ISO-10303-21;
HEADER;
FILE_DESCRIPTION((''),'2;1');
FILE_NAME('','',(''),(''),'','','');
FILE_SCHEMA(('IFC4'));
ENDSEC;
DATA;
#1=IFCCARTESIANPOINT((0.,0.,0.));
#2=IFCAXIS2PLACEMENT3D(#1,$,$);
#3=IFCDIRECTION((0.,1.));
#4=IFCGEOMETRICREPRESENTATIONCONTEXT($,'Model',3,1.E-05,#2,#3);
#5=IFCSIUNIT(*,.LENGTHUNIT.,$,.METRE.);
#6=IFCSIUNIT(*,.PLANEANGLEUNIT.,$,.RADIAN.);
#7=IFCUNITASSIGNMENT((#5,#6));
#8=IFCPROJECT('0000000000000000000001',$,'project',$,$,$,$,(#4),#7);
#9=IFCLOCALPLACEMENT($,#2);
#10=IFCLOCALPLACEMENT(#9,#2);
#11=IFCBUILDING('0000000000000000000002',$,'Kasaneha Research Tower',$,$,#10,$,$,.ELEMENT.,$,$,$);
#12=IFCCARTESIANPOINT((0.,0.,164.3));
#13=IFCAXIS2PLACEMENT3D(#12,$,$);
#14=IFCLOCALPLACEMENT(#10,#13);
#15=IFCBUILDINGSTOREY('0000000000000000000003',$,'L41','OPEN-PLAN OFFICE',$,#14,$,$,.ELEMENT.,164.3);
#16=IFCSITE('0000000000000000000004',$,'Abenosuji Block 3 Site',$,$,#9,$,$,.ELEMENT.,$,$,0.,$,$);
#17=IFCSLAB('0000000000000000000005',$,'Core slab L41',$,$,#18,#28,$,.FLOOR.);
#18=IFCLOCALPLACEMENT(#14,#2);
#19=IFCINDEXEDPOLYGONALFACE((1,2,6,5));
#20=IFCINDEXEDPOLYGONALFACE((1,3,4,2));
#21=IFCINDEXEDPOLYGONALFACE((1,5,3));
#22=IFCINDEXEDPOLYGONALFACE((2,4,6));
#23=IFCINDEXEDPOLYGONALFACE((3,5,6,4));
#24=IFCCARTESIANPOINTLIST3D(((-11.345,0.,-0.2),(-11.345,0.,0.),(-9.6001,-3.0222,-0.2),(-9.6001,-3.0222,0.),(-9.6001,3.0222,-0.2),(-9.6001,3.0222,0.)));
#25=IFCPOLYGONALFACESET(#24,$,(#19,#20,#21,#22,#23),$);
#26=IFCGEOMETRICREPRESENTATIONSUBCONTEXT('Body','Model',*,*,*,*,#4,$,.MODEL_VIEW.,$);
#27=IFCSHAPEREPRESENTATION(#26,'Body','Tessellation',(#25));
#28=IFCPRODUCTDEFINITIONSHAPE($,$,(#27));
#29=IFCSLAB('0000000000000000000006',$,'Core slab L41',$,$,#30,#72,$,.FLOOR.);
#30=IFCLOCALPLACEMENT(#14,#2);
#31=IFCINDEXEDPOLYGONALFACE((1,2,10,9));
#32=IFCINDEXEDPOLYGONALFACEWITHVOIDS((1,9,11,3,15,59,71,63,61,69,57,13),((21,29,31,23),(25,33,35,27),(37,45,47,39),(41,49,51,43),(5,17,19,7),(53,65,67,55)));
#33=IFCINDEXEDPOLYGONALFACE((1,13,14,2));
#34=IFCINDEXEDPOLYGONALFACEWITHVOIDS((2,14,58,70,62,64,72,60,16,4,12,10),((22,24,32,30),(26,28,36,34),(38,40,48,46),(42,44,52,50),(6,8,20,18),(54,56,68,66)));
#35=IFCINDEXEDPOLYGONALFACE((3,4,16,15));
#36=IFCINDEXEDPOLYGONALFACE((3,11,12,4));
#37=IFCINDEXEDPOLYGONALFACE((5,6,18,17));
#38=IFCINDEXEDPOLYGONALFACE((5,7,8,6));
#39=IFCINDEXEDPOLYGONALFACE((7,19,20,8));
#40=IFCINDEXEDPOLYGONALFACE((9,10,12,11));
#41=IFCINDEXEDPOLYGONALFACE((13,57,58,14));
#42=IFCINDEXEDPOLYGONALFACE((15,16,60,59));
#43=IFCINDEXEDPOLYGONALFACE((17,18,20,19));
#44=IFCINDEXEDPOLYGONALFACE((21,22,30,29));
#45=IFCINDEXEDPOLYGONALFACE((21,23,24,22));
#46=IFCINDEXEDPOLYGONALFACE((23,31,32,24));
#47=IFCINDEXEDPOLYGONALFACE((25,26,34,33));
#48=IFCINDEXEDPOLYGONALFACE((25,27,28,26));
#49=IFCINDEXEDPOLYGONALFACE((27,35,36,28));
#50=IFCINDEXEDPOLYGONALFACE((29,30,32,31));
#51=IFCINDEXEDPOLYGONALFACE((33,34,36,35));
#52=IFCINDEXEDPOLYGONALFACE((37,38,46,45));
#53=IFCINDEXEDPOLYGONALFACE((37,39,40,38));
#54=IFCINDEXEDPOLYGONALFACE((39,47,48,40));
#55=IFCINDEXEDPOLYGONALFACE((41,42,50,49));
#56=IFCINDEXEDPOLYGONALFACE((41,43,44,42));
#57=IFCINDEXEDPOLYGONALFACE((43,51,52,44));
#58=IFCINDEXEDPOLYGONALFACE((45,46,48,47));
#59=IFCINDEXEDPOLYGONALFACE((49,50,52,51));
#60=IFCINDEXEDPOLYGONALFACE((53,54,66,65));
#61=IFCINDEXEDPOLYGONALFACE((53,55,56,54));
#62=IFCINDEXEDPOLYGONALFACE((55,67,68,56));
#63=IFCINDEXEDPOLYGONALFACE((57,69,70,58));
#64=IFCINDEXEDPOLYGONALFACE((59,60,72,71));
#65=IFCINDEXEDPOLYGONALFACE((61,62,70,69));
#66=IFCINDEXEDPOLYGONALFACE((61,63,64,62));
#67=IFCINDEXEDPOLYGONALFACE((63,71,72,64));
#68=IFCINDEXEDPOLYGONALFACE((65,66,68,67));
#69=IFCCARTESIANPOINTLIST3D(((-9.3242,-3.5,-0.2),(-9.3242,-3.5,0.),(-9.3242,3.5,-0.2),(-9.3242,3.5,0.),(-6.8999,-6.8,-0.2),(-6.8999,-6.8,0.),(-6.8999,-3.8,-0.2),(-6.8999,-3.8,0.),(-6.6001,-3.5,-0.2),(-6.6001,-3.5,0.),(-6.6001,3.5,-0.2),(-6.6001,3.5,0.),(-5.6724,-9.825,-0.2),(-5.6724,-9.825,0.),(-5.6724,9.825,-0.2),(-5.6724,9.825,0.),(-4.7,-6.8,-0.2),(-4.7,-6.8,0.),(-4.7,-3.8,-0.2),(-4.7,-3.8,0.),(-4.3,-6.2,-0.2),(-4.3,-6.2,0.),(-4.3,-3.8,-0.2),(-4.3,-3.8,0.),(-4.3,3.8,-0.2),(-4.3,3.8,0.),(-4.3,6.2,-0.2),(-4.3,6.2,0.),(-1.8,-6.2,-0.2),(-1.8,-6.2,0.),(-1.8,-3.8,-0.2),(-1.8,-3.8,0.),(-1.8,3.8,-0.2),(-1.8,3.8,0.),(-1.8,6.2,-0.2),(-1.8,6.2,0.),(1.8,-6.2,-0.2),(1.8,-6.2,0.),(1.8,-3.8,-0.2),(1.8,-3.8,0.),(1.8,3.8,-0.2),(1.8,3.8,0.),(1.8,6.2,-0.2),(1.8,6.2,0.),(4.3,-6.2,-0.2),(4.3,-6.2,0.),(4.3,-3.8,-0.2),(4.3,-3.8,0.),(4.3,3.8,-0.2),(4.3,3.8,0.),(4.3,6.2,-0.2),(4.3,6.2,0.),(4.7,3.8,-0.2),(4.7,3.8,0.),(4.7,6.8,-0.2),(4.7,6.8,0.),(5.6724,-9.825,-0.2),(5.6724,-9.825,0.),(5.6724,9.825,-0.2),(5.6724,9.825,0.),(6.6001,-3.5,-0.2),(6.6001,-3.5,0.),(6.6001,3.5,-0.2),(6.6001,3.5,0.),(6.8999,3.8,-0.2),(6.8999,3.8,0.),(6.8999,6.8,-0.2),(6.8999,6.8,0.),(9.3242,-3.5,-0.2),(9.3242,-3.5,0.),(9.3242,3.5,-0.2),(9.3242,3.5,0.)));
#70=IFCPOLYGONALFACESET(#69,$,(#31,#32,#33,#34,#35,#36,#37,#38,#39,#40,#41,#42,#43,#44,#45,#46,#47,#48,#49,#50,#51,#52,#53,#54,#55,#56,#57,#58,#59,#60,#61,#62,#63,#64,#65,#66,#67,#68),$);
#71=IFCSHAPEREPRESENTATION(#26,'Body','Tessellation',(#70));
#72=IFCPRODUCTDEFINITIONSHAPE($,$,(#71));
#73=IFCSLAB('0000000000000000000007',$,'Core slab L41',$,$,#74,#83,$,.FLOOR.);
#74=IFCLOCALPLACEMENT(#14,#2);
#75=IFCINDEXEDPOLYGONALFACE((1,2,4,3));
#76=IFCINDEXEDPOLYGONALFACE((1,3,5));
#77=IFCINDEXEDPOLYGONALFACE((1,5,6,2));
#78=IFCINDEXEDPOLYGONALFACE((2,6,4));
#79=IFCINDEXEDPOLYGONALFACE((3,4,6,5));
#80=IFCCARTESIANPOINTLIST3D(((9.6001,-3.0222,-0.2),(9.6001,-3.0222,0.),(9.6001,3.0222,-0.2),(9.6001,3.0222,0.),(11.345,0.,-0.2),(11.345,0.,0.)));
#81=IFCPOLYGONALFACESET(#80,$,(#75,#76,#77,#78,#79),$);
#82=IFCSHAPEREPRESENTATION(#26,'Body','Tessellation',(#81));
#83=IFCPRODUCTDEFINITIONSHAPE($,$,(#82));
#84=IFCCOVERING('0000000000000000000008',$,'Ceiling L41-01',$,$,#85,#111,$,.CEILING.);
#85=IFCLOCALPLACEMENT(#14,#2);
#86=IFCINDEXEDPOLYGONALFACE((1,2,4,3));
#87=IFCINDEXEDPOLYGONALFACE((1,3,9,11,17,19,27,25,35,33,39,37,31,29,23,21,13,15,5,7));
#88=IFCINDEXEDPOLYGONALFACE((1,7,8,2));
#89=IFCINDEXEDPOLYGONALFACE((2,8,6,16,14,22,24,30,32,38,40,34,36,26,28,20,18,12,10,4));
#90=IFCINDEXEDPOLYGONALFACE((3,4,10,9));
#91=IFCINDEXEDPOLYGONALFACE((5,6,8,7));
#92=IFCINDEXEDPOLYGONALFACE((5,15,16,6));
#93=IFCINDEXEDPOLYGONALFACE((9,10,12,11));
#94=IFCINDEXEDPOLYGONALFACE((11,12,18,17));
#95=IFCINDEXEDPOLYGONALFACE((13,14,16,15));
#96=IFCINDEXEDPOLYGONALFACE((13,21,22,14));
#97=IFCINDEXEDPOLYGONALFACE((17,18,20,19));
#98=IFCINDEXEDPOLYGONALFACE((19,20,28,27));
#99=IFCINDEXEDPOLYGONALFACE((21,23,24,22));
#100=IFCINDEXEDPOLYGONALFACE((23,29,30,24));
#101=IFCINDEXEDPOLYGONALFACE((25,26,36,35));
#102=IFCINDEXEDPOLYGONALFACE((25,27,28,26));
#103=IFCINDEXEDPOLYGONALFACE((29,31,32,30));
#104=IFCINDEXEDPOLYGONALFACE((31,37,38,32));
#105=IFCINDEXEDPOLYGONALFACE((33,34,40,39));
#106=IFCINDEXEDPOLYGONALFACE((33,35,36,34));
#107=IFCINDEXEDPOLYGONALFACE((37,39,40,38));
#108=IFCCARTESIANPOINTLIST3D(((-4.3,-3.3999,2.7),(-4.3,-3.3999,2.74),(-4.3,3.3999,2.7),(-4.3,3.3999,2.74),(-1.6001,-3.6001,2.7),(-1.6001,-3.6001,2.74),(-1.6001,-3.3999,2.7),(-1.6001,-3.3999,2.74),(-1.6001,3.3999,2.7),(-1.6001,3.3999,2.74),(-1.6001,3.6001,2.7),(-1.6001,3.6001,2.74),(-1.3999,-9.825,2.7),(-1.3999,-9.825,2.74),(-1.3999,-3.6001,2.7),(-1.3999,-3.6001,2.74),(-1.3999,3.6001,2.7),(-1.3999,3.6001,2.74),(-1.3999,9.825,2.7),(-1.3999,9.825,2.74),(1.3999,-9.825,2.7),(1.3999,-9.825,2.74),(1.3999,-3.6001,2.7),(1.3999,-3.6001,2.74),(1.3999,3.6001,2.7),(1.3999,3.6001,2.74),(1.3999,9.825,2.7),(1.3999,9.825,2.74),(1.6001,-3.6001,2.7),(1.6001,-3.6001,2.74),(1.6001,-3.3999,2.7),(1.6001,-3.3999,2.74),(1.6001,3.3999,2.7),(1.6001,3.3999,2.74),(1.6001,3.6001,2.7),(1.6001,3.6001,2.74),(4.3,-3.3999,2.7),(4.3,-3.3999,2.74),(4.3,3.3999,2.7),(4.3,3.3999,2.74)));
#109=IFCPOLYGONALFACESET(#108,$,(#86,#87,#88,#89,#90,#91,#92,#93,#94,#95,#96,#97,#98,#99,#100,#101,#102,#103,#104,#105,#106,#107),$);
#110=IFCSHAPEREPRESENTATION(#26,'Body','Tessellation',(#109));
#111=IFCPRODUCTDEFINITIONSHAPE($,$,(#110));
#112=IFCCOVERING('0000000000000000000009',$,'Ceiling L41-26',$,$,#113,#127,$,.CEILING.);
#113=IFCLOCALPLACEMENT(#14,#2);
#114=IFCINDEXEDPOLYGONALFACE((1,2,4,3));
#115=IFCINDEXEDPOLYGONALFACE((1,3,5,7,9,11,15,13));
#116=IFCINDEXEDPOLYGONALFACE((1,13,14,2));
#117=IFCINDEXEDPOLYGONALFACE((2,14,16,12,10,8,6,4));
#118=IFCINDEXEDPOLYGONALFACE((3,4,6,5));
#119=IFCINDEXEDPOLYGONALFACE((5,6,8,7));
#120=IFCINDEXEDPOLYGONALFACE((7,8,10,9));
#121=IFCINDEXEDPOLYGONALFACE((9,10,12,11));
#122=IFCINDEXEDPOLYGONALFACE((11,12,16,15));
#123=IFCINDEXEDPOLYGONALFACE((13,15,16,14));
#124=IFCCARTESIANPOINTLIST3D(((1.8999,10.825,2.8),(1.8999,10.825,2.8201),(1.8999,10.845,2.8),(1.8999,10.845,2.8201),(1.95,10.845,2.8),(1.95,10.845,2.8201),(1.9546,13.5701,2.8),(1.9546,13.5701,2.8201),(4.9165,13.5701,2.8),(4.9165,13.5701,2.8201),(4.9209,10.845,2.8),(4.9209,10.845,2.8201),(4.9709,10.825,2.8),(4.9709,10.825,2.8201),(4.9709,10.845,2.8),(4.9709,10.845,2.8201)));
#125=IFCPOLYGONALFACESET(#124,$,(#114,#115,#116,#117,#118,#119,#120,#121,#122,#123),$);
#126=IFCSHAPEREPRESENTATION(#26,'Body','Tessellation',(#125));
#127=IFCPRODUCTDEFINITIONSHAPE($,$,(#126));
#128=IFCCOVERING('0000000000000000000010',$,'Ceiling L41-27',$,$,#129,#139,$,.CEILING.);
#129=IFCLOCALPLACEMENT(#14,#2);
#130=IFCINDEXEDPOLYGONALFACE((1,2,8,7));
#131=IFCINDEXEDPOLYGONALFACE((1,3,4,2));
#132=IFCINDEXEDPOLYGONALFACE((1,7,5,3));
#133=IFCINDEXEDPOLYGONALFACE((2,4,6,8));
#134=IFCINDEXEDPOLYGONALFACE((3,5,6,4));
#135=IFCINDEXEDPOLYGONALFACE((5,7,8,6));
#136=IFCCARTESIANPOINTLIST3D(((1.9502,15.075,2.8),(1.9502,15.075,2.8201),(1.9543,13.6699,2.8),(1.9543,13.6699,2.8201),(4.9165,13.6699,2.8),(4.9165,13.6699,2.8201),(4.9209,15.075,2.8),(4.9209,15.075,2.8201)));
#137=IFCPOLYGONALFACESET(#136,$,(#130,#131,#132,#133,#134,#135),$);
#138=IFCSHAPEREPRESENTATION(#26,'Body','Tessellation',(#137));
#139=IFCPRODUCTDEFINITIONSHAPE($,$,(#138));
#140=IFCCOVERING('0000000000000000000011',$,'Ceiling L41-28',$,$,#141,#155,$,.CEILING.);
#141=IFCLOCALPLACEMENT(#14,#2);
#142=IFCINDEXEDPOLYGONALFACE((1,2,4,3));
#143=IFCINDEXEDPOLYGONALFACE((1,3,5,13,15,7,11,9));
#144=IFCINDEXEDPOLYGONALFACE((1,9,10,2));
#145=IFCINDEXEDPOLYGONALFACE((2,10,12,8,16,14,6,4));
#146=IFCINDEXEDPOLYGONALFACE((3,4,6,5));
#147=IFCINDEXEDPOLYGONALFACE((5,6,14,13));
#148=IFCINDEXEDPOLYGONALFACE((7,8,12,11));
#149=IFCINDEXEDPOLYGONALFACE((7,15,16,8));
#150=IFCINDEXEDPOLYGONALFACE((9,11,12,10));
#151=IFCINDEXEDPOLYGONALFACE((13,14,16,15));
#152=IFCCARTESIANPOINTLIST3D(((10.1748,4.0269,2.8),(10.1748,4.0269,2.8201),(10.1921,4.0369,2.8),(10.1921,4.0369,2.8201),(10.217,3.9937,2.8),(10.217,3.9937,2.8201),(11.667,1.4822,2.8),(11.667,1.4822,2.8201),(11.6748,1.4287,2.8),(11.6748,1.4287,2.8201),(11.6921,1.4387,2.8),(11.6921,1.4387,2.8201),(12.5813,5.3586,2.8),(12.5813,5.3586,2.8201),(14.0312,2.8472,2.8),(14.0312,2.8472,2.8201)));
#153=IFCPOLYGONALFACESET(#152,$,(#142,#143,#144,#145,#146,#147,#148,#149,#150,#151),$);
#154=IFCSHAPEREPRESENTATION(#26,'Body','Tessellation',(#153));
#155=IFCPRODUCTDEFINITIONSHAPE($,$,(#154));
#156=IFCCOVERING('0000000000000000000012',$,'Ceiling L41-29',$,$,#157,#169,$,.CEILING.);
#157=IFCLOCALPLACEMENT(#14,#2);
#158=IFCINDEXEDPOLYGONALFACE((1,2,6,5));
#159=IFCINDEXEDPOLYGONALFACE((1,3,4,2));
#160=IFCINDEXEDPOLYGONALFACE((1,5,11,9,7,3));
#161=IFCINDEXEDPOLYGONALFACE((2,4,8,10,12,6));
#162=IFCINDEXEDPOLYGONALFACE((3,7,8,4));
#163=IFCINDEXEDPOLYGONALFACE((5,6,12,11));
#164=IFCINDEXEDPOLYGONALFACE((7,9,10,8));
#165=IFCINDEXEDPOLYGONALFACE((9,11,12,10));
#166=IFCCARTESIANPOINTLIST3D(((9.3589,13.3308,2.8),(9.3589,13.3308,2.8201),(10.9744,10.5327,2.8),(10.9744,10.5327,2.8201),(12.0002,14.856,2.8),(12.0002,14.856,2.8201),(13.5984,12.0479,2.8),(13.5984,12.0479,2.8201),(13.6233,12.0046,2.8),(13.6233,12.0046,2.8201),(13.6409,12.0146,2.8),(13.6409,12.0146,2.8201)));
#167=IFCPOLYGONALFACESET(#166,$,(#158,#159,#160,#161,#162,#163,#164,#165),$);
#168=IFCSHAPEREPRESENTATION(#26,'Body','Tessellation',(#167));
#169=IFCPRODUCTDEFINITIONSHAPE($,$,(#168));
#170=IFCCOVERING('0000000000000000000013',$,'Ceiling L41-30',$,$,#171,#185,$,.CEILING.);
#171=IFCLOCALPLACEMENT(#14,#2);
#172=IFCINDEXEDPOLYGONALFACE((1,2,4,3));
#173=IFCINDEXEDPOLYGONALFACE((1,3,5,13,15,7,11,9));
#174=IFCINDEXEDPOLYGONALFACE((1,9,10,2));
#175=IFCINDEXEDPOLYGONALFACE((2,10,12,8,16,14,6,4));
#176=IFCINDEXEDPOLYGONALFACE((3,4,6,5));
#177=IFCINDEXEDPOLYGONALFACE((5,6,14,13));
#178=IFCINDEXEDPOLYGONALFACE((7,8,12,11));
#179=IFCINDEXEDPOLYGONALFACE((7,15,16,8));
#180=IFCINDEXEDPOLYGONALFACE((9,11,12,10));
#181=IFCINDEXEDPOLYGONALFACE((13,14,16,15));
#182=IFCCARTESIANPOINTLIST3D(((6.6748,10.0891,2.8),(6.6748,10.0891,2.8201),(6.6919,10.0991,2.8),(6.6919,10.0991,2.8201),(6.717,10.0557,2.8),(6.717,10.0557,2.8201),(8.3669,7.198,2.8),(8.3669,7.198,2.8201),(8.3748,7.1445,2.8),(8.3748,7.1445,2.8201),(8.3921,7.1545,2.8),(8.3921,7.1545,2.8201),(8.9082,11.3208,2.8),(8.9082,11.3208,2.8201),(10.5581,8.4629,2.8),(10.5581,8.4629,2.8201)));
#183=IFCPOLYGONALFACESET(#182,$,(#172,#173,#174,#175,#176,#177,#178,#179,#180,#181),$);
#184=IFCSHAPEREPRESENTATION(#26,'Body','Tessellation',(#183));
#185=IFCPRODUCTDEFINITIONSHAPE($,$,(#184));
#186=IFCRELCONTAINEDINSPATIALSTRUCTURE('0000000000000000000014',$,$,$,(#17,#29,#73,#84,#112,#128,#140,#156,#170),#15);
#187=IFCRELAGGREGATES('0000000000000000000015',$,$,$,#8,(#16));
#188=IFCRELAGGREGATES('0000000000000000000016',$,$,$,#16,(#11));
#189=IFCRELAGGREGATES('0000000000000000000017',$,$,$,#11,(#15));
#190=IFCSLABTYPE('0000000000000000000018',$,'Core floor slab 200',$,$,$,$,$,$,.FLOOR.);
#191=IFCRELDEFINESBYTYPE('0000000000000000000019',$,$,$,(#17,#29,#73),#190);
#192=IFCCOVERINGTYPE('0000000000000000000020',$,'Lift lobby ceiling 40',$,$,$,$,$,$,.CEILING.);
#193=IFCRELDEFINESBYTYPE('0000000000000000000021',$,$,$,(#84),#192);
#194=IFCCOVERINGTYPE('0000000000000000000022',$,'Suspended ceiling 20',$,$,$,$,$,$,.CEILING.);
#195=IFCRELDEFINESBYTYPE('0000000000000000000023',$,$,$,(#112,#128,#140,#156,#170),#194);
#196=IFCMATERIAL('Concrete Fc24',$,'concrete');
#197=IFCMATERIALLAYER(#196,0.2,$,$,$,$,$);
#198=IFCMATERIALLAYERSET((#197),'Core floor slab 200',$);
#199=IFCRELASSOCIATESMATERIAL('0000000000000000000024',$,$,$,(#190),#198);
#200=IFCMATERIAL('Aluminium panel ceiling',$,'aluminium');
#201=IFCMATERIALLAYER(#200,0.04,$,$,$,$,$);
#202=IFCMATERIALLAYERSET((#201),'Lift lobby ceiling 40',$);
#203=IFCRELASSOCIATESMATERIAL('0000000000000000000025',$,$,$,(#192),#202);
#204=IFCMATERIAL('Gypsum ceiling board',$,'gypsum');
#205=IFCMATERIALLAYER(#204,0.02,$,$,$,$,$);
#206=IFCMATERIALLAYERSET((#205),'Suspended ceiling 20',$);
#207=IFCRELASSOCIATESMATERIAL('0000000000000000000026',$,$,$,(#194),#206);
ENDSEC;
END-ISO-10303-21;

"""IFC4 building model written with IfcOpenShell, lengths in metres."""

from ifc_helpers import new_model, si_unit, direction, frame, origin, place, context, subcontext, project, spatial, polyline, outline, extrude, material, layer, layer_set, type_object, element, save


model = new_model("IFC4")

# Units and contexts
model_context = context("Model", 3, precision=1e-05, world=origin(), true_north=direction((0.0, 1.0)))
body_context = subcontext(model_context, "Body", "Model", "MODEL_VIEW")
ifc_project = project(units=[si_unit("LENGTHUNIT", "METRE"), si_unit("PLANEANGLEUNIT", "RADIAN")], contexts=[model_context])

# Site, building, storey
site_placement = place(None, origin())
site = spatial("IfcSite", under=ifc_project, at=site_placement, Name="Abenosuji Block 3 Site", CompositionType="ELEMENT", RefElevation=0.0)
building_placement = place(site_placement, origin())
building = spatial("IfcBuilding", under=site, at=building_placement, Name="Kasaneha Research Tower", CompositionType="ELEMENT")
storey_placement = place(building_placement, frame((0.0, 0.0, 164.3)))
storey = spatial("IfcBuildingStorey", under=building, at=storey_placement, Name="L41", Description="OPEN-PLAN OFFICE", CompositionType="ELEMENT", Elevation=164.3)

# Slabs
ifc_material_1 = material(Name="Concrete Fc24", Category="concrete")
ifc_layer_1 = layer(ifc_material_1, 0.2)
ifc_layer_set_1 = layer_set([ifc_layer_1], Name="Core floor slab 200")
slab_type = type_object("IfcSlabType", Name="Core floor slab 200", PredefinedType="FLOOR", material=ifc_layer_set_1)
slab_1_placement = place(storey_placement, frame((0.0, 0.0, -0.2)))
element("IfcSlab", 1, at=slab_1_placement, inside=storey, type_object=slab_type, Name="Core slab L41", PredefinedType="FLOOR", context=body_context, shape_type="SweptSolid", body=[
    extrude(outline(polyline([(-11.345, 0.0), (-9.6001, 3.0222), (-9.6001, -3.0222), (-11.345, 0.0)])), origin(), (0.0, 0.0, 1.0), 0.2),
])
slab_2_placement = place(storey_placement, frame((0.0, 0.0, -0.2)))
element("IfcSlab", 2, at=slab_2_placement, inside=storey, type_object=slab_type, Name="Core slab L41", PredefinedType="FLOOR", context=body_context, shape_type="SweptSolid", body=[
    extrude(outline(polyline([(-5.6724, 9.825), (5.6724, 9.825), (9.3242, 3.5), (6.6001, 3.5), (6.6001, -3.5), (9.3242, -3.5), (5.6724, -9.825), (-5.6724, -9.825), (-9.3242, -3.5), (-6.6001, -3.5), (-6.6001, 3.5), (-9.3242, 3.5), (-5.6724, 9.825)]), holes=[polyline([(-6.8999, -3.8), (-6.8999, -6.8), (-4.7, -6.8), (-4.7, -3.8), (-6.8999, -3.8)]), polyline([(-4.3, -3.8), (-4.3, -6.2), (-1.8, -6.2), (-1.8, -3.8), (-4.3, -3.8)]), polyline([(1.8, -3.8), (1.8, -6.2), (4.3, -6.2), (4.3, -3.8), (1.8, -3.8)]), polyline([(-4.3, 6.2), (-4.3, 3.8), (-1.8, 3.8), (-1.8, 6.2), (-4.3, 6.2)]), polyline([(1.8, 6.2), (1.8, 3.8), (4.3, 3.8), (4.3, 6.2), (1.8, 6.2)]), polyline([(4.7, 6.8), (4.7, 3.8), (6.8999, 3.8), (6.8999, 6.8), (4.7, 6.8)])]), origin(), (0.0, 0.0, 1.0), 0.2),
])
slab_3_placement = place(storey_placement, frame((0.0, 0.0, -0.2)))
element("IfcSlab", 3, at=slab_3_placement, inside=storey, type_object=slab_type, Name="Core slab L41", PredefinedType="FLOOR", context=body_context, shape_type="SweptSolid", body=[
    extrude(outline(polyline([(11.345, 0.0), (9.6001, -3.0222), (9.6001, 3.0222), (11.345, 0.0)])), origin(), (0.0, 0.0, 1.0), 0.2),
])

# Coverings
ifc_material_2 = material(Name="Aluminium panel ceiling", Category="aluminium")
ifc_layer_2 = layer(ifc_material_2, 0.04)
ifc_layer_set_2 = layer_set([ifc_layer_2], Name="Lift lobby ceiling 40")
covering_type_1 = type_object("IfcCoveringType", Name="Lift lobby ceiling 40", PredefinedType="CEILING", material=ifc_layer_set_2)
covering_1_placement = place(storey_placement, frame((0.0, 0.0, 2.7)))
element("IfcCovering", 4, at=covering_1_placement, inside=storey, type_object=covering_type_1, Name="Ceiling L41-01", PredefinedType="CEILING", context=body_context, shape_type="SweptSolid", body=[
    extrude(outline(polyline([(1.3999, 9.825), (1.3999, 3.6001), (1.6001, 3.6001), (1.6001, 3.3999), (4.3, 3.3999), (4.3, -3.3999), (1.6001, -3.3999), (1.6001, -3.6001), (1.3999, -3.6001), (1.3999, -9.825), (-1.3999, -9.825), (-1.3999, -3.6001), (-1.6001, -3.6001), (-1.6001, -3.3999), (-4.3, -3.3999), (-4.3, 3.3999), (-1.6001, 3.3999), (-1.6001, 3.6001), (-1.3999, 3.6001), (-1.3999, 9.825), (1.3999, 9.825)])), origin(), (0.0, 0.0, 1.0), 0.04),
])
ifc_material_3 = material(Name="Gypsum ceiling board", Category="gypsum")
ifc_layer_3 = layer(ifc_material_3, 0.02)
ifc_layer_set_3 = layer_set([ifc_layer_3], Name="Suspended ceiling 20")
covering_type_2 = type_object("IfcCoveringType", Name="Suspended ceiling 20", PredefinedType="CEILING", material=ifc_layer_set_3)
covering_2_placement = place(storey_placement, frame((0.0, 0.0, 2.8)))
element("IfcCovering", 5, at=covering_2_placement, inside=storey, type_object=covering_type_2, Name="Ceiling L41-26", PredefinedType="CEILING", context=body_context, shape_type="SweptSolid", body=[
    extrude(outline(polyline([(1.8999, 10.825), (1.8999, 10.845), (1.95, 10.845), (1.9546, 13.5701), (4.9165, 13.5701), (4.9209, 10.845), (4.9709, 10.845), (4.9709, 10.825), (1.8999, 10.825)])), origin(), (0.0, 0.0, 1.0), 0.02),
])
covering_3_placement = place(storey_placement, frame((0.0, 0.0, 2.8)))
element("IfcCovering", 6, at=covering_3_placement, inside=storey, type_object=covering_type_2, Name="Ceiling L41-27", PredefinedType="CEILING", context=body_context, shape_type="SweptSolid", body=[
    extrude(outline(polyline([(4.9165, 13.6699), (1.9543, 13.6699), (1.9502, 15.075), (4.9209, 15.075), (4.9165, 13.6699)])), origin(), (0.0, 0.0, 1.0), 0.02),
])
covering_4_placement = place(storey_placement, frame((0.0, 0.0, 2.8)))
element("IfcCovering", 7, at=covering_4_placement, inside=storey, type_object=covering_type_2, Name="Ceiling L41-28", PredefinedType="CEILING", context=body_context, shape_type="SweptSolid", body=[
    extrude(outline(polyline([(10.1748, 4.0269), (10.1921, 4.0369), (10.217, 3.9937), (12.5813, 5.3586), (14.0312, 2.8472), (11.667, 1.4822), (11.6921, 1.4387), (11.6748, 1.4287), (10.1748, 4.0269)])), origin(), (0.0, 0.0, 1.0), 0.02),
])
covering_5_placement = place(storey_placement, frame((0.0, 0.0, 2.8)))
element("IfcCovering", 8, at=covering_5_placement, inside=storey, type_object=covering_type_2, Name="Ceiling L41-29", PredefinedType="CEILING", context=body_context, shape_type="SweptSolid", body=[
    extrude(outline(polyline([(13.6409, 12.0146), (13.6233, 12.0046), (13.5984, 12.0479), (10.9744, 10.5327), (9.3589, 13.3308), (12.0002, 14.856), (13.6409, 12.0146)])), origin(), (0.0, 0.0, 1.0), 0.02),
])
covering_6_placement = place(storey_placement, frame((0.0, 0.0, 2.8)))
element("IfcCovering", 9, at=covering_6_placement, inside=storey, type_object=covering_type_2, Name="Ceiling L41-30", PredefinedType="CEILING", context=body_context, shape_type="SweptSolid", body=[
    extrude(outline(polyline([(6.6748, 10.0891), (6.6919, 10.0991), (6.717, 10.0557), (8.9082, 11.3208), (10.5581, 8.4629), (8.3669, 7.198), (8.3921, 7.1545), (8.3748, 7.1445), (6.6748, 10.0891)])), origin(), (0.0, 0.0, 1.0), 0.02),
])

save(model, "model.ifc")
